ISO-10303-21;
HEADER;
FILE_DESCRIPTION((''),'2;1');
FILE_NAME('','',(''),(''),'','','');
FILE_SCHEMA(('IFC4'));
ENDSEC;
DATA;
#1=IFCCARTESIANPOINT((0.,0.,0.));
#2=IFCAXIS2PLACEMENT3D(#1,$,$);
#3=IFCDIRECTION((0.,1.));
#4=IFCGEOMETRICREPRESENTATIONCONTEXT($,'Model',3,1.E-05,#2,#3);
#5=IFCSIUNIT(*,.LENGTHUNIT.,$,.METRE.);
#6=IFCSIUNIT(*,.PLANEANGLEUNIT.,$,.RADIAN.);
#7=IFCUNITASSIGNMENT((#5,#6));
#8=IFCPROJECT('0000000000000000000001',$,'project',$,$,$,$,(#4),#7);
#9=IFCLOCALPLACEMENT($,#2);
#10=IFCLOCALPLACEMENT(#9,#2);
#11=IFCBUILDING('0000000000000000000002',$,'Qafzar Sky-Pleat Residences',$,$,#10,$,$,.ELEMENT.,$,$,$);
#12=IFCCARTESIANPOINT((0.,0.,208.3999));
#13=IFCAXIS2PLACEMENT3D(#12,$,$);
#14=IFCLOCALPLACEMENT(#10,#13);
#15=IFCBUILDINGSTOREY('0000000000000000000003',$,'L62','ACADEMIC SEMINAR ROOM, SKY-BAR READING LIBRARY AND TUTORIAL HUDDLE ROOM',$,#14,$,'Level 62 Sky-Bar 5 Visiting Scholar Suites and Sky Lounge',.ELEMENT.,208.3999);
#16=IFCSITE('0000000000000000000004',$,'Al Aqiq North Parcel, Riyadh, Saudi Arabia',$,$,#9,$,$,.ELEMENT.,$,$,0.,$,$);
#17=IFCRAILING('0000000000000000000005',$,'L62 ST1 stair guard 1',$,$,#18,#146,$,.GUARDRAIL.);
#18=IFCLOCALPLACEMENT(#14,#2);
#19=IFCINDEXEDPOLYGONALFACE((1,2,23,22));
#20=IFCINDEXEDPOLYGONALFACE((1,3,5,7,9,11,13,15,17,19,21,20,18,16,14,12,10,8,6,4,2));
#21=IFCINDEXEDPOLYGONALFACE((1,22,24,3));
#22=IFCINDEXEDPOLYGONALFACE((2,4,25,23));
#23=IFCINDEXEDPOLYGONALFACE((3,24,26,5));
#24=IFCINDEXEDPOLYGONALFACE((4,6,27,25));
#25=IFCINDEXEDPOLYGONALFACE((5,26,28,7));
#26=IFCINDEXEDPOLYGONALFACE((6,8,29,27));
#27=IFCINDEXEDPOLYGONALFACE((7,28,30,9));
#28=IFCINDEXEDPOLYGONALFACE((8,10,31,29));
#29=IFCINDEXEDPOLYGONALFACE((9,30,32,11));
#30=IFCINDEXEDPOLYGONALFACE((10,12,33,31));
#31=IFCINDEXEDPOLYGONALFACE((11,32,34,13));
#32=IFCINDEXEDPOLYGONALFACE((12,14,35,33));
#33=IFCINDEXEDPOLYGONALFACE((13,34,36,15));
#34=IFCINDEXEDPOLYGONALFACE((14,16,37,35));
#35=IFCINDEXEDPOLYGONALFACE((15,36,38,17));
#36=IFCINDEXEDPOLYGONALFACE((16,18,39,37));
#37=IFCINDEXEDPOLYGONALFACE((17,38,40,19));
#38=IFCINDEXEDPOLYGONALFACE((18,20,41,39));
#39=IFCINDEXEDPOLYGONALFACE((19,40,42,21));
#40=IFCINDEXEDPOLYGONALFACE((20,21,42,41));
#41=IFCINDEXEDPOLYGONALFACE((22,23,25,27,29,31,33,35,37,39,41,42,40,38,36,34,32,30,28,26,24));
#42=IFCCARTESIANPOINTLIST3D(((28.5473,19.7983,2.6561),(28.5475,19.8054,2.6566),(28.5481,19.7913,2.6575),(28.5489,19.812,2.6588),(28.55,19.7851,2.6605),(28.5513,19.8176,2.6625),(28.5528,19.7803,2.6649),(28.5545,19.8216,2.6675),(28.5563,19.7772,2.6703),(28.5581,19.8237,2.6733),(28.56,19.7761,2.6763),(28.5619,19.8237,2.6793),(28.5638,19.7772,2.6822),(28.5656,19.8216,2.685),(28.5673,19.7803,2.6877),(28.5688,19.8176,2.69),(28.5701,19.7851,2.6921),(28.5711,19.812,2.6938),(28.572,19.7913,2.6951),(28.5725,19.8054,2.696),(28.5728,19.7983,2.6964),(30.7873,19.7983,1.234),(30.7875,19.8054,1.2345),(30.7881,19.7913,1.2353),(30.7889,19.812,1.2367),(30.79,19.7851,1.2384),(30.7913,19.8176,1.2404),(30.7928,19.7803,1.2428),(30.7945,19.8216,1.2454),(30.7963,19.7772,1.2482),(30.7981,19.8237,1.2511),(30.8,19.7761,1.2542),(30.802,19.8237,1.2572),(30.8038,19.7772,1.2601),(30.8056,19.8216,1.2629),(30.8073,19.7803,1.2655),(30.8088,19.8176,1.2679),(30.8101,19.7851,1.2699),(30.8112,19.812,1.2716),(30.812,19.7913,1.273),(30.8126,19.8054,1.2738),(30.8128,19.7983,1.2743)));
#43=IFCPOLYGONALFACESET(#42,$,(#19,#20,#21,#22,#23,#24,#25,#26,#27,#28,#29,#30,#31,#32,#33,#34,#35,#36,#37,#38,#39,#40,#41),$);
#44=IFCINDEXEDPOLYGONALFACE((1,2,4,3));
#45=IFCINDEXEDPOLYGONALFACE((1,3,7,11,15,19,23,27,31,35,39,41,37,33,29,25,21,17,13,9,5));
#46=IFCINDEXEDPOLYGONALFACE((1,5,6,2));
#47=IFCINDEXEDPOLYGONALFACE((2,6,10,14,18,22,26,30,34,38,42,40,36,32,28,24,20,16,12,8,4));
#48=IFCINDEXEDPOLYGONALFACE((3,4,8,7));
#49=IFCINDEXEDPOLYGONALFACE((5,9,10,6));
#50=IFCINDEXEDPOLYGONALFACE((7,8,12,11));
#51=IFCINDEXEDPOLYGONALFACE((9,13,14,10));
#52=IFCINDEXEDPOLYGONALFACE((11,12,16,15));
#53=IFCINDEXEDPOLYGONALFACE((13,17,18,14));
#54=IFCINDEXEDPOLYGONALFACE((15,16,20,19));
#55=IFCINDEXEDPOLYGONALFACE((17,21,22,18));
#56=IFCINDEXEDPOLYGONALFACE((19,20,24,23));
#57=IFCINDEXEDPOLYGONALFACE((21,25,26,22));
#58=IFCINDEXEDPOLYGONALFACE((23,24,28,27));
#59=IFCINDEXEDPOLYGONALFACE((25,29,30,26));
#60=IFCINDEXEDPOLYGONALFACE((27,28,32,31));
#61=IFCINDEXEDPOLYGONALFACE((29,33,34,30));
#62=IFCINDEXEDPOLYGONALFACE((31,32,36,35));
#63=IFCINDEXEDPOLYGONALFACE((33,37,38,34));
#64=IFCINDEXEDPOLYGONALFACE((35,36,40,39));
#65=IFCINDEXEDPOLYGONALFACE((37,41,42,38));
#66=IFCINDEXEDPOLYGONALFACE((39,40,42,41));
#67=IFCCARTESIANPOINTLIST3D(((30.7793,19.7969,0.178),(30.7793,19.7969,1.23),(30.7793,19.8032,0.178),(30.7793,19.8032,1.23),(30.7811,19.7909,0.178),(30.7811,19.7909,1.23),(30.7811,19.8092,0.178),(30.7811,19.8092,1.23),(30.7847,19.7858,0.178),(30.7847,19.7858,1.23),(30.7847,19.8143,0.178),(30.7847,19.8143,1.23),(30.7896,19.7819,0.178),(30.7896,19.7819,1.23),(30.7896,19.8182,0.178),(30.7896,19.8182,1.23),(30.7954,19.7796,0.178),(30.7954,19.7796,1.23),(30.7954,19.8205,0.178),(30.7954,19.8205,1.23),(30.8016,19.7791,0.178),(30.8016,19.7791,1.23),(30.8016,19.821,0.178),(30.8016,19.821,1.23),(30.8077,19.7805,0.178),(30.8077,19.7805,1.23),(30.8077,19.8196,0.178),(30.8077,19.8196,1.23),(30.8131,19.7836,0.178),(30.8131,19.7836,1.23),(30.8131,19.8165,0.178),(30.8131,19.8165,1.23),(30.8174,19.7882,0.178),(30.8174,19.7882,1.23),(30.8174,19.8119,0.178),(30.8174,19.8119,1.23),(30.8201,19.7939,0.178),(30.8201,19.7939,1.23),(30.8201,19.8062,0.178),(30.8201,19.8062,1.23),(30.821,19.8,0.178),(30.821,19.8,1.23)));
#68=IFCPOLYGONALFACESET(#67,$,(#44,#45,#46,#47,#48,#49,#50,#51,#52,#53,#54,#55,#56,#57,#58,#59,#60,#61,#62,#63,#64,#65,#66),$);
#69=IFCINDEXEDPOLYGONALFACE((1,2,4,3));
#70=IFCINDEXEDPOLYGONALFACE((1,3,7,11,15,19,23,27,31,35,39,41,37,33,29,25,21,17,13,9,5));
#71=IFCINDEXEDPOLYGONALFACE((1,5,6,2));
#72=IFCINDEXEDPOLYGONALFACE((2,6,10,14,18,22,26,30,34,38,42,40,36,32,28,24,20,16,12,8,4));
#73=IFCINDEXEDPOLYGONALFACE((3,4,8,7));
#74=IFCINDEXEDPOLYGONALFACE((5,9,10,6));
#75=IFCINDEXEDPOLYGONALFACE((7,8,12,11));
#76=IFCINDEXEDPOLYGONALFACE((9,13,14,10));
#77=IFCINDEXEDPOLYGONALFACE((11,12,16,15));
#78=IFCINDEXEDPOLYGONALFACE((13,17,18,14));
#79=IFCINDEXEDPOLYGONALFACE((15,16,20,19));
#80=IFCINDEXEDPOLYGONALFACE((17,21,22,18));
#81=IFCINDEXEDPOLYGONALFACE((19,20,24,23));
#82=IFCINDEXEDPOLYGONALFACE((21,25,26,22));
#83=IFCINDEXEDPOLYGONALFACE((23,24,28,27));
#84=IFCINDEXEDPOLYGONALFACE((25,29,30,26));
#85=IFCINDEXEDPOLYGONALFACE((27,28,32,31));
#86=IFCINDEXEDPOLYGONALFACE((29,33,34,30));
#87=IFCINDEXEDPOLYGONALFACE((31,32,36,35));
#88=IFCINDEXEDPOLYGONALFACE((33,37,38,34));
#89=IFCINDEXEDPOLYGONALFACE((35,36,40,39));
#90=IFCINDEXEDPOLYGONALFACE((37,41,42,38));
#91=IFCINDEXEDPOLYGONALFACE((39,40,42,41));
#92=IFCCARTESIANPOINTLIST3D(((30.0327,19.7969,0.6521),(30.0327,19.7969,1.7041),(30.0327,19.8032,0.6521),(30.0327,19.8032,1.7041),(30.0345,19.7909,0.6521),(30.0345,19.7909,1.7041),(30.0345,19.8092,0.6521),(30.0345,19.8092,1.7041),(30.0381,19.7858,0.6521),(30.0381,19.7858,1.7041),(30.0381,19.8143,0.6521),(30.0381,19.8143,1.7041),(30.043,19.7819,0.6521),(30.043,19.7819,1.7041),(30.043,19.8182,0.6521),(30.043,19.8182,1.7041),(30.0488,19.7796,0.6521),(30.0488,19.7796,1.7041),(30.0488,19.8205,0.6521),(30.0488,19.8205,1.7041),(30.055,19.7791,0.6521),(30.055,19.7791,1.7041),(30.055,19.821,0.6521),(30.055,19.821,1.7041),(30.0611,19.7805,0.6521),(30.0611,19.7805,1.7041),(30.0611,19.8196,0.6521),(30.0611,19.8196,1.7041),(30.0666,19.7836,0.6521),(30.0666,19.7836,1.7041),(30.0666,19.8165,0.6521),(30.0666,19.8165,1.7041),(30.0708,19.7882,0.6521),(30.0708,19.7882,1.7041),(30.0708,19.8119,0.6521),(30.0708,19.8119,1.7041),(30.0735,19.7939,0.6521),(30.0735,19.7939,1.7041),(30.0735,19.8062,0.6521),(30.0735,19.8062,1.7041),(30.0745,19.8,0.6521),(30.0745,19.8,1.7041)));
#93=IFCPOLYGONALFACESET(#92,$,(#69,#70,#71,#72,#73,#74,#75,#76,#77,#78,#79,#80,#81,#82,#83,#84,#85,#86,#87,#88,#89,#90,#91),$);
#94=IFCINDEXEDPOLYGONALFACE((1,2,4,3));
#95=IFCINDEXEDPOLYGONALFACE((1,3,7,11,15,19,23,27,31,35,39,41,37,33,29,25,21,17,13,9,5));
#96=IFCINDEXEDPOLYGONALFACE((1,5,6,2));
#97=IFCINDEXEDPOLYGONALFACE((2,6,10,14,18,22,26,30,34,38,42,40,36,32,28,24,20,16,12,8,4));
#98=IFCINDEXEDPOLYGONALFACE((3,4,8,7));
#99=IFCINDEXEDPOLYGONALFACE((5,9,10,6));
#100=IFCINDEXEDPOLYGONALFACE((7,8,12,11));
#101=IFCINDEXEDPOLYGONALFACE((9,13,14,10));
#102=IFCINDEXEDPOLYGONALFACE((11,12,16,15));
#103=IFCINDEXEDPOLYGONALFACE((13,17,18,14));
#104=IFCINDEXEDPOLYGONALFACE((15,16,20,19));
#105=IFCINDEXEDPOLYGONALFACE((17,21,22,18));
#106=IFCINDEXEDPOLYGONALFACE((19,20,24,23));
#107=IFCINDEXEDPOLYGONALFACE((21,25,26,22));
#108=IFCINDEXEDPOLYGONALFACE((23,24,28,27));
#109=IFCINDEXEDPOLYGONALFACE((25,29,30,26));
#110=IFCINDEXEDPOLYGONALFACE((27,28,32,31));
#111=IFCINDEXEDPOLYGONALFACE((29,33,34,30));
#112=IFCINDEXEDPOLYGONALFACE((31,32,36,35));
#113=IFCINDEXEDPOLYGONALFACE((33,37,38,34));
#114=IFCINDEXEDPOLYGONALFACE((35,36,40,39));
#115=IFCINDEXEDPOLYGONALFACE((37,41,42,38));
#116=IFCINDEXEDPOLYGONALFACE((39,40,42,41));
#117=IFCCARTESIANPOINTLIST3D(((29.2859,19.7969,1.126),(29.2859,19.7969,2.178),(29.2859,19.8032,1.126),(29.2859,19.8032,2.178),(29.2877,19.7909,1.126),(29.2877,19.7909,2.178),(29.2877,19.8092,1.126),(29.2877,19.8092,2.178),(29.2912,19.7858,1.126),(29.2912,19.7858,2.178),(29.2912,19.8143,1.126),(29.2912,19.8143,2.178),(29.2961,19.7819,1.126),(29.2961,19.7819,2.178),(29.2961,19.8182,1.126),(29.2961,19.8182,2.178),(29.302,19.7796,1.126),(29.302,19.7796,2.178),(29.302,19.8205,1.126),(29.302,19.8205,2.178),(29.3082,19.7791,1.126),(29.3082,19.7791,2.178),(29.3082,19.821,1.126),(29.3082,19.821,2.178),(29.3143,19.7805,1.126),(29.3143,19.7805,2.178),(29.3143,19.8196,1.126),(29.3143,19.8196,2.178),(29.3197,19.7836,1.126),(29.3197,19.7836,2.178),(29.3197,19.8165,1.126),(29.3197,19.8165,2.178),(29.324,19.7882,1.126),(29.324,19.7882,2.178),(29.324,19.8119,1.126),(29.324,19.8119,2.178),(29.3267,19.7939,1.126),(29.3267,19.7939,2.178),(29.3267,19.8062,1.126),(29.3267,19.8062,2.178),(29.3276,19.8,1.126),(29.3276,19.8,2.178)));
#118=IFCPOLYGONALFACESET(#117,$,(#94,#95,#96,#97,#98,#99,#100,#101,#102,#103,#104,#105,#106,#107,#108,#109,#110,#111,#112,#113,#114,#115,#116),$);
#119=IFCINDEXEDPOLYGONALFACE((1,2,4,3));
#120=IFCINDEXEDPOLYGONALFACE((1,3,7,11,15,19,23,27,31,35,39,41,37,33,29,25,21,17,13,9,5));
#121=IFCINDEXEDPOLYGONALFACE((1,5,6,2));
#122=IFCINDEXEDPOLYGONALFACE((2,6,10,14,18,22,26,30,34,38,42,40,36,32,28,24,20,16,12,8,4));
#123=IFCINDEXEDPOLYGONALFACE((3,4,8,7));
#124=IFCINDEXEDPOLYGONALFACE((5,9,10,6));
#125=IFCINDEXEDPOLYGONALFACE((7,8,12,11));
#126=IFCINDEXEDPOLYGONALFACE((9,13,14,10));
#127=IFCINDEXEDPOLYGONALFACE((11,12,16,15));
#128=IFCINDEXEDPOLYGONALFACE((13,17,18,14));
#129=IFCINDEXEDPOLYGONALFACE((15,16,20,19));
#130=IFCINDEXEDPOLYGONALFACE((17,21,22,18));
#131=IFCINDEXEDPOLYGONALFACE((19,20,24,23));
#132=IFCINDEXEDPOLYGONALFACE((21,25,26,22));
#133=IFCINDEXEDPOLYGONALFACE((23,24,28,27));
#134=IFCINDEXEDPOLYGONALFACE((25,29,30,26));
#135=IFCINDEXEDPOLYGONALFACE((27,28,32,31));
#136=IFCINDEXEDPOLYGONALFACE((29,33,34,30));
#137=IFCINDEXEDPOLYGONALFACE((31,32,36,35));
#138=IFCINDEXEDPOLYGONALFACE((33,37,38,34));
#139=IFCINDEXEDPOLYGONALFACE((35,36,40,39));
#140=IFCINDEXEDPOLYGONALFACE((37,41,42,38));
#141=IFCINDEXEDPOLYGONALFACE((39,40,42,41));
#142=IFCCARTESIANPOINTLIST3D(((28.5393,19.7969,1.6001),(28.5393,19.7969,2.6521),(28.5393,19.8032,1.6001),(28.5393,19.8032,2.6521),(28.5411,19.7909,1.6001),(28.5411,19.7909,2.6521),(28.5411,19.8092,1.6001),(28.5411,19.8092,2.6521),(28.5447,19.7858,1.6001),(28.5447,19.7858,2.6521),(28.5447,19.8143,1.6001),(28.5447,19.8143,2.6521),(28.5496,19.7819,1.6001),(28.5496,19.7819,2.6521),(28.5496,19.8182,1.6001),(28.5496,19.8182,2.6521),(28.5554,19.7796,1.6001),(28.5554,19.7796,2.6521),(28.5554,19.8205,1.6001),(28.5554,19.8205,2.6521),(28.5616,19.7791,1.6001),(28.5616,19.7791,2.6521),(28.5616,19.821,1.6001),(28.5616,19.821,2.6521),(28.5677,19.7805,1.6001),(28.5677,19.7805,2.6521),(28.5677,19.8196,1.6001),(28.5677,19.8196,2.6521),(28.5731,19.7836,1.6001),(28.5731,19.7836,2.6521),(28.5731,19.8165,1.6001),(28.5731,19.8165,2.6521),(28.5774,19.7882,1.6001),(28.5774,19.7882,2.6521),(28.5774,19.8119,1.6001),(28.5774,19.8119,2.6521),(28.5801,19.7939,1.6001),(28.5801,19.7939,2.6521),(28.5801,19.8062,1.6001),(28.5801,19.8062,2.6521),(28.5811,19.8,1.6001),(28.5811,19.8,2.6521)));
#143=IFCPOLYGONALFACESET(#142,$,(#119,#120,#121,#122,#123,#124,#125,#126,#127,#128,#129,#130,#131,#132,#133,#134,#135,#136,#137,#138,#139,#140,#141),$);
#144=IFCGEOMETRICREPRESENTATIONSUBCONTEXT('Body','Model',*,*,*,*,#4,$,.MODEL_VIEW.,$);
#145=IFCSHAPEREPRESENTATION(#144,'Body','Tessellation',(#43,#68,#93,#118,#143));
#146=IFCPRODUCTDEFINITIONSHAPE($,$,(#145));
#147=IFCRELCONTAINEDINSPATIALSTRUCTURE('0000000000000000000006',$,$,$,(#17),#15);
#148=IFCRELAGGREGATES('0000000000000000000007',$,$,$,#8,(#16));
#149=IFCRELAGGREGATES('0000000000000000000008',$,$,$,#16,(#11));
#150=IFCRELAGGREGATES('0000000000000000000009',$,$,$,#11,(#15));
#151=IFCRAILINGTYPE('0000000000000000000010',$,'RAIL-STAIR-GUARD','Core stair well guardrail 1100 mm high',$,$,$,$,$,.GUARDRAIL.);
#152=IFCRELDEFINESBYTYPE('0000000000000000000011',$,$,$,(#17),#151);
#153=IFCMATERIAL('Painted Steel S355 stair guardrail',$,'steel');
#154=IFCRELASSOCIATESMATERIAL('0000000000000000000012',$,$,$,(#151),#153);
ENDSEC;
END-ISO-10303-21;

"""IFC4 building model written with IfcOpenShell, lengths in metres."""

from ifc_helpers import new_model, si_unit, direction, frame, origin, origin_2d, place, context, subcontext, project, spatial, circle, extrude, source, transform, mapped, material, type_object, element, save


model = new_model("IFC4")

# Units and contexts
model_context = context("Model", 3, precision=1e-05, world=origin(), true_north=direction((0.0, 1.0)))
body_context = subcontext(model_context, "Body", "Model", "MODEL_VIEW")
ifc_project = project(units=[si_unit("LENGTHUNIT", "METRE"), si_unit("PLANEANGLEUNIT", "RADIAN")], contexts=[model_context])

# Site, building, storey
site_placement = place(None, origin())
site = spatial("IfcSite", under=ifc_project, at=site_placement, Name="Al Aqiq North Parcel, Riyadh, Saudi Arabia", CompositionType="ELEMENT", RefElevation=0.0)
building_placement = place(site_placement, origin())
building = spatial("IfcBuilding", under=site, at=building_placement, Name="Qafzar Sky-Pleat Residences", CompositionType="ELEMENT")
storey_placement = place(building_placement, frame((0.0, 0.0, 208.3999)))
storey = spatial("IfcBuildingStorey", under=building, at=storey_placement, Name="L62", Description="ACADEMIC SEMINAR ROOM, SKY-BAR READING LIBRARY AND TUTORIAL HUDDLE ROOM", LongName="Level 62 Sky-Bar 5 Visiting Scholar Suites and Sky Lounge", CompositionType="ELEMENT", Elevation=208.3999)

# Railing
ifc_material_1 = material(Name="Painted Steel S355 stair guardrail", Category="steel")
railing_type_1 = type_object("IfcRailingType", Name="RAIL-STAIR-GUARD", Description="Core stair well guardrail 1100 mm high", PredefinedType="GUARDRAIL", material=ifc_material_1)
shared_shape_1 = source(origin(), body_context, "Body", "SweptSolid", [
    extrude(circle(Radius=0.0239, at=origin_2d()), frame((0.0, 0.0, 1.0762), z_axis=(-0.844229, 0.0, 0.535982), x_axis=(0.0, -1.0, 0.0)), (0.0, 0.0, 1.0), 2.6533),
    extrude(circle(Radius=0.021, at=origin_2d()), origin(), (0.0, 0.0, 1.0), 1.052),
    extrude(circle(Radius=0.021, at=origin_2d()), frame((-0.7466, 0.0, 0.4741)), (0.0, 0.0, 1.0), 1.052),
    extrude(circle(Radius=0.021, at=origin_2d()), frame((-1.4934, 0.0, 0.948)), (0.0, 0.0, 1.0), 1.052),
    extrude(circle(Radius=0.021, at=origin_2d()), frame((-2.24, 0.0, 1.4221)), (0.0, 0.0, 1.0), 1.052),
])
railing_1_placement = place(storey_placement, frame((30.8, 19.8, 0.178)))
element("IfcRailing", 1, at=railing_1_placement, inside=storey, type_object=railing_type_1, Name="L62 ST1 stair guard 1", PredefinedType="GUARDRAIL", context=body_context, shape_type="MappedRepresentation", body=[
    mapped(shared_shape_1, transform((0.0, 0.0, 0.0), x_axis=(1.0, 0.0, 0.0), y_axis=(0.0, 1.0, 0.0), z_axis=(0.0, 0.0, 1.0), scale=1.0)),
])

save(model, "model.ifc")
